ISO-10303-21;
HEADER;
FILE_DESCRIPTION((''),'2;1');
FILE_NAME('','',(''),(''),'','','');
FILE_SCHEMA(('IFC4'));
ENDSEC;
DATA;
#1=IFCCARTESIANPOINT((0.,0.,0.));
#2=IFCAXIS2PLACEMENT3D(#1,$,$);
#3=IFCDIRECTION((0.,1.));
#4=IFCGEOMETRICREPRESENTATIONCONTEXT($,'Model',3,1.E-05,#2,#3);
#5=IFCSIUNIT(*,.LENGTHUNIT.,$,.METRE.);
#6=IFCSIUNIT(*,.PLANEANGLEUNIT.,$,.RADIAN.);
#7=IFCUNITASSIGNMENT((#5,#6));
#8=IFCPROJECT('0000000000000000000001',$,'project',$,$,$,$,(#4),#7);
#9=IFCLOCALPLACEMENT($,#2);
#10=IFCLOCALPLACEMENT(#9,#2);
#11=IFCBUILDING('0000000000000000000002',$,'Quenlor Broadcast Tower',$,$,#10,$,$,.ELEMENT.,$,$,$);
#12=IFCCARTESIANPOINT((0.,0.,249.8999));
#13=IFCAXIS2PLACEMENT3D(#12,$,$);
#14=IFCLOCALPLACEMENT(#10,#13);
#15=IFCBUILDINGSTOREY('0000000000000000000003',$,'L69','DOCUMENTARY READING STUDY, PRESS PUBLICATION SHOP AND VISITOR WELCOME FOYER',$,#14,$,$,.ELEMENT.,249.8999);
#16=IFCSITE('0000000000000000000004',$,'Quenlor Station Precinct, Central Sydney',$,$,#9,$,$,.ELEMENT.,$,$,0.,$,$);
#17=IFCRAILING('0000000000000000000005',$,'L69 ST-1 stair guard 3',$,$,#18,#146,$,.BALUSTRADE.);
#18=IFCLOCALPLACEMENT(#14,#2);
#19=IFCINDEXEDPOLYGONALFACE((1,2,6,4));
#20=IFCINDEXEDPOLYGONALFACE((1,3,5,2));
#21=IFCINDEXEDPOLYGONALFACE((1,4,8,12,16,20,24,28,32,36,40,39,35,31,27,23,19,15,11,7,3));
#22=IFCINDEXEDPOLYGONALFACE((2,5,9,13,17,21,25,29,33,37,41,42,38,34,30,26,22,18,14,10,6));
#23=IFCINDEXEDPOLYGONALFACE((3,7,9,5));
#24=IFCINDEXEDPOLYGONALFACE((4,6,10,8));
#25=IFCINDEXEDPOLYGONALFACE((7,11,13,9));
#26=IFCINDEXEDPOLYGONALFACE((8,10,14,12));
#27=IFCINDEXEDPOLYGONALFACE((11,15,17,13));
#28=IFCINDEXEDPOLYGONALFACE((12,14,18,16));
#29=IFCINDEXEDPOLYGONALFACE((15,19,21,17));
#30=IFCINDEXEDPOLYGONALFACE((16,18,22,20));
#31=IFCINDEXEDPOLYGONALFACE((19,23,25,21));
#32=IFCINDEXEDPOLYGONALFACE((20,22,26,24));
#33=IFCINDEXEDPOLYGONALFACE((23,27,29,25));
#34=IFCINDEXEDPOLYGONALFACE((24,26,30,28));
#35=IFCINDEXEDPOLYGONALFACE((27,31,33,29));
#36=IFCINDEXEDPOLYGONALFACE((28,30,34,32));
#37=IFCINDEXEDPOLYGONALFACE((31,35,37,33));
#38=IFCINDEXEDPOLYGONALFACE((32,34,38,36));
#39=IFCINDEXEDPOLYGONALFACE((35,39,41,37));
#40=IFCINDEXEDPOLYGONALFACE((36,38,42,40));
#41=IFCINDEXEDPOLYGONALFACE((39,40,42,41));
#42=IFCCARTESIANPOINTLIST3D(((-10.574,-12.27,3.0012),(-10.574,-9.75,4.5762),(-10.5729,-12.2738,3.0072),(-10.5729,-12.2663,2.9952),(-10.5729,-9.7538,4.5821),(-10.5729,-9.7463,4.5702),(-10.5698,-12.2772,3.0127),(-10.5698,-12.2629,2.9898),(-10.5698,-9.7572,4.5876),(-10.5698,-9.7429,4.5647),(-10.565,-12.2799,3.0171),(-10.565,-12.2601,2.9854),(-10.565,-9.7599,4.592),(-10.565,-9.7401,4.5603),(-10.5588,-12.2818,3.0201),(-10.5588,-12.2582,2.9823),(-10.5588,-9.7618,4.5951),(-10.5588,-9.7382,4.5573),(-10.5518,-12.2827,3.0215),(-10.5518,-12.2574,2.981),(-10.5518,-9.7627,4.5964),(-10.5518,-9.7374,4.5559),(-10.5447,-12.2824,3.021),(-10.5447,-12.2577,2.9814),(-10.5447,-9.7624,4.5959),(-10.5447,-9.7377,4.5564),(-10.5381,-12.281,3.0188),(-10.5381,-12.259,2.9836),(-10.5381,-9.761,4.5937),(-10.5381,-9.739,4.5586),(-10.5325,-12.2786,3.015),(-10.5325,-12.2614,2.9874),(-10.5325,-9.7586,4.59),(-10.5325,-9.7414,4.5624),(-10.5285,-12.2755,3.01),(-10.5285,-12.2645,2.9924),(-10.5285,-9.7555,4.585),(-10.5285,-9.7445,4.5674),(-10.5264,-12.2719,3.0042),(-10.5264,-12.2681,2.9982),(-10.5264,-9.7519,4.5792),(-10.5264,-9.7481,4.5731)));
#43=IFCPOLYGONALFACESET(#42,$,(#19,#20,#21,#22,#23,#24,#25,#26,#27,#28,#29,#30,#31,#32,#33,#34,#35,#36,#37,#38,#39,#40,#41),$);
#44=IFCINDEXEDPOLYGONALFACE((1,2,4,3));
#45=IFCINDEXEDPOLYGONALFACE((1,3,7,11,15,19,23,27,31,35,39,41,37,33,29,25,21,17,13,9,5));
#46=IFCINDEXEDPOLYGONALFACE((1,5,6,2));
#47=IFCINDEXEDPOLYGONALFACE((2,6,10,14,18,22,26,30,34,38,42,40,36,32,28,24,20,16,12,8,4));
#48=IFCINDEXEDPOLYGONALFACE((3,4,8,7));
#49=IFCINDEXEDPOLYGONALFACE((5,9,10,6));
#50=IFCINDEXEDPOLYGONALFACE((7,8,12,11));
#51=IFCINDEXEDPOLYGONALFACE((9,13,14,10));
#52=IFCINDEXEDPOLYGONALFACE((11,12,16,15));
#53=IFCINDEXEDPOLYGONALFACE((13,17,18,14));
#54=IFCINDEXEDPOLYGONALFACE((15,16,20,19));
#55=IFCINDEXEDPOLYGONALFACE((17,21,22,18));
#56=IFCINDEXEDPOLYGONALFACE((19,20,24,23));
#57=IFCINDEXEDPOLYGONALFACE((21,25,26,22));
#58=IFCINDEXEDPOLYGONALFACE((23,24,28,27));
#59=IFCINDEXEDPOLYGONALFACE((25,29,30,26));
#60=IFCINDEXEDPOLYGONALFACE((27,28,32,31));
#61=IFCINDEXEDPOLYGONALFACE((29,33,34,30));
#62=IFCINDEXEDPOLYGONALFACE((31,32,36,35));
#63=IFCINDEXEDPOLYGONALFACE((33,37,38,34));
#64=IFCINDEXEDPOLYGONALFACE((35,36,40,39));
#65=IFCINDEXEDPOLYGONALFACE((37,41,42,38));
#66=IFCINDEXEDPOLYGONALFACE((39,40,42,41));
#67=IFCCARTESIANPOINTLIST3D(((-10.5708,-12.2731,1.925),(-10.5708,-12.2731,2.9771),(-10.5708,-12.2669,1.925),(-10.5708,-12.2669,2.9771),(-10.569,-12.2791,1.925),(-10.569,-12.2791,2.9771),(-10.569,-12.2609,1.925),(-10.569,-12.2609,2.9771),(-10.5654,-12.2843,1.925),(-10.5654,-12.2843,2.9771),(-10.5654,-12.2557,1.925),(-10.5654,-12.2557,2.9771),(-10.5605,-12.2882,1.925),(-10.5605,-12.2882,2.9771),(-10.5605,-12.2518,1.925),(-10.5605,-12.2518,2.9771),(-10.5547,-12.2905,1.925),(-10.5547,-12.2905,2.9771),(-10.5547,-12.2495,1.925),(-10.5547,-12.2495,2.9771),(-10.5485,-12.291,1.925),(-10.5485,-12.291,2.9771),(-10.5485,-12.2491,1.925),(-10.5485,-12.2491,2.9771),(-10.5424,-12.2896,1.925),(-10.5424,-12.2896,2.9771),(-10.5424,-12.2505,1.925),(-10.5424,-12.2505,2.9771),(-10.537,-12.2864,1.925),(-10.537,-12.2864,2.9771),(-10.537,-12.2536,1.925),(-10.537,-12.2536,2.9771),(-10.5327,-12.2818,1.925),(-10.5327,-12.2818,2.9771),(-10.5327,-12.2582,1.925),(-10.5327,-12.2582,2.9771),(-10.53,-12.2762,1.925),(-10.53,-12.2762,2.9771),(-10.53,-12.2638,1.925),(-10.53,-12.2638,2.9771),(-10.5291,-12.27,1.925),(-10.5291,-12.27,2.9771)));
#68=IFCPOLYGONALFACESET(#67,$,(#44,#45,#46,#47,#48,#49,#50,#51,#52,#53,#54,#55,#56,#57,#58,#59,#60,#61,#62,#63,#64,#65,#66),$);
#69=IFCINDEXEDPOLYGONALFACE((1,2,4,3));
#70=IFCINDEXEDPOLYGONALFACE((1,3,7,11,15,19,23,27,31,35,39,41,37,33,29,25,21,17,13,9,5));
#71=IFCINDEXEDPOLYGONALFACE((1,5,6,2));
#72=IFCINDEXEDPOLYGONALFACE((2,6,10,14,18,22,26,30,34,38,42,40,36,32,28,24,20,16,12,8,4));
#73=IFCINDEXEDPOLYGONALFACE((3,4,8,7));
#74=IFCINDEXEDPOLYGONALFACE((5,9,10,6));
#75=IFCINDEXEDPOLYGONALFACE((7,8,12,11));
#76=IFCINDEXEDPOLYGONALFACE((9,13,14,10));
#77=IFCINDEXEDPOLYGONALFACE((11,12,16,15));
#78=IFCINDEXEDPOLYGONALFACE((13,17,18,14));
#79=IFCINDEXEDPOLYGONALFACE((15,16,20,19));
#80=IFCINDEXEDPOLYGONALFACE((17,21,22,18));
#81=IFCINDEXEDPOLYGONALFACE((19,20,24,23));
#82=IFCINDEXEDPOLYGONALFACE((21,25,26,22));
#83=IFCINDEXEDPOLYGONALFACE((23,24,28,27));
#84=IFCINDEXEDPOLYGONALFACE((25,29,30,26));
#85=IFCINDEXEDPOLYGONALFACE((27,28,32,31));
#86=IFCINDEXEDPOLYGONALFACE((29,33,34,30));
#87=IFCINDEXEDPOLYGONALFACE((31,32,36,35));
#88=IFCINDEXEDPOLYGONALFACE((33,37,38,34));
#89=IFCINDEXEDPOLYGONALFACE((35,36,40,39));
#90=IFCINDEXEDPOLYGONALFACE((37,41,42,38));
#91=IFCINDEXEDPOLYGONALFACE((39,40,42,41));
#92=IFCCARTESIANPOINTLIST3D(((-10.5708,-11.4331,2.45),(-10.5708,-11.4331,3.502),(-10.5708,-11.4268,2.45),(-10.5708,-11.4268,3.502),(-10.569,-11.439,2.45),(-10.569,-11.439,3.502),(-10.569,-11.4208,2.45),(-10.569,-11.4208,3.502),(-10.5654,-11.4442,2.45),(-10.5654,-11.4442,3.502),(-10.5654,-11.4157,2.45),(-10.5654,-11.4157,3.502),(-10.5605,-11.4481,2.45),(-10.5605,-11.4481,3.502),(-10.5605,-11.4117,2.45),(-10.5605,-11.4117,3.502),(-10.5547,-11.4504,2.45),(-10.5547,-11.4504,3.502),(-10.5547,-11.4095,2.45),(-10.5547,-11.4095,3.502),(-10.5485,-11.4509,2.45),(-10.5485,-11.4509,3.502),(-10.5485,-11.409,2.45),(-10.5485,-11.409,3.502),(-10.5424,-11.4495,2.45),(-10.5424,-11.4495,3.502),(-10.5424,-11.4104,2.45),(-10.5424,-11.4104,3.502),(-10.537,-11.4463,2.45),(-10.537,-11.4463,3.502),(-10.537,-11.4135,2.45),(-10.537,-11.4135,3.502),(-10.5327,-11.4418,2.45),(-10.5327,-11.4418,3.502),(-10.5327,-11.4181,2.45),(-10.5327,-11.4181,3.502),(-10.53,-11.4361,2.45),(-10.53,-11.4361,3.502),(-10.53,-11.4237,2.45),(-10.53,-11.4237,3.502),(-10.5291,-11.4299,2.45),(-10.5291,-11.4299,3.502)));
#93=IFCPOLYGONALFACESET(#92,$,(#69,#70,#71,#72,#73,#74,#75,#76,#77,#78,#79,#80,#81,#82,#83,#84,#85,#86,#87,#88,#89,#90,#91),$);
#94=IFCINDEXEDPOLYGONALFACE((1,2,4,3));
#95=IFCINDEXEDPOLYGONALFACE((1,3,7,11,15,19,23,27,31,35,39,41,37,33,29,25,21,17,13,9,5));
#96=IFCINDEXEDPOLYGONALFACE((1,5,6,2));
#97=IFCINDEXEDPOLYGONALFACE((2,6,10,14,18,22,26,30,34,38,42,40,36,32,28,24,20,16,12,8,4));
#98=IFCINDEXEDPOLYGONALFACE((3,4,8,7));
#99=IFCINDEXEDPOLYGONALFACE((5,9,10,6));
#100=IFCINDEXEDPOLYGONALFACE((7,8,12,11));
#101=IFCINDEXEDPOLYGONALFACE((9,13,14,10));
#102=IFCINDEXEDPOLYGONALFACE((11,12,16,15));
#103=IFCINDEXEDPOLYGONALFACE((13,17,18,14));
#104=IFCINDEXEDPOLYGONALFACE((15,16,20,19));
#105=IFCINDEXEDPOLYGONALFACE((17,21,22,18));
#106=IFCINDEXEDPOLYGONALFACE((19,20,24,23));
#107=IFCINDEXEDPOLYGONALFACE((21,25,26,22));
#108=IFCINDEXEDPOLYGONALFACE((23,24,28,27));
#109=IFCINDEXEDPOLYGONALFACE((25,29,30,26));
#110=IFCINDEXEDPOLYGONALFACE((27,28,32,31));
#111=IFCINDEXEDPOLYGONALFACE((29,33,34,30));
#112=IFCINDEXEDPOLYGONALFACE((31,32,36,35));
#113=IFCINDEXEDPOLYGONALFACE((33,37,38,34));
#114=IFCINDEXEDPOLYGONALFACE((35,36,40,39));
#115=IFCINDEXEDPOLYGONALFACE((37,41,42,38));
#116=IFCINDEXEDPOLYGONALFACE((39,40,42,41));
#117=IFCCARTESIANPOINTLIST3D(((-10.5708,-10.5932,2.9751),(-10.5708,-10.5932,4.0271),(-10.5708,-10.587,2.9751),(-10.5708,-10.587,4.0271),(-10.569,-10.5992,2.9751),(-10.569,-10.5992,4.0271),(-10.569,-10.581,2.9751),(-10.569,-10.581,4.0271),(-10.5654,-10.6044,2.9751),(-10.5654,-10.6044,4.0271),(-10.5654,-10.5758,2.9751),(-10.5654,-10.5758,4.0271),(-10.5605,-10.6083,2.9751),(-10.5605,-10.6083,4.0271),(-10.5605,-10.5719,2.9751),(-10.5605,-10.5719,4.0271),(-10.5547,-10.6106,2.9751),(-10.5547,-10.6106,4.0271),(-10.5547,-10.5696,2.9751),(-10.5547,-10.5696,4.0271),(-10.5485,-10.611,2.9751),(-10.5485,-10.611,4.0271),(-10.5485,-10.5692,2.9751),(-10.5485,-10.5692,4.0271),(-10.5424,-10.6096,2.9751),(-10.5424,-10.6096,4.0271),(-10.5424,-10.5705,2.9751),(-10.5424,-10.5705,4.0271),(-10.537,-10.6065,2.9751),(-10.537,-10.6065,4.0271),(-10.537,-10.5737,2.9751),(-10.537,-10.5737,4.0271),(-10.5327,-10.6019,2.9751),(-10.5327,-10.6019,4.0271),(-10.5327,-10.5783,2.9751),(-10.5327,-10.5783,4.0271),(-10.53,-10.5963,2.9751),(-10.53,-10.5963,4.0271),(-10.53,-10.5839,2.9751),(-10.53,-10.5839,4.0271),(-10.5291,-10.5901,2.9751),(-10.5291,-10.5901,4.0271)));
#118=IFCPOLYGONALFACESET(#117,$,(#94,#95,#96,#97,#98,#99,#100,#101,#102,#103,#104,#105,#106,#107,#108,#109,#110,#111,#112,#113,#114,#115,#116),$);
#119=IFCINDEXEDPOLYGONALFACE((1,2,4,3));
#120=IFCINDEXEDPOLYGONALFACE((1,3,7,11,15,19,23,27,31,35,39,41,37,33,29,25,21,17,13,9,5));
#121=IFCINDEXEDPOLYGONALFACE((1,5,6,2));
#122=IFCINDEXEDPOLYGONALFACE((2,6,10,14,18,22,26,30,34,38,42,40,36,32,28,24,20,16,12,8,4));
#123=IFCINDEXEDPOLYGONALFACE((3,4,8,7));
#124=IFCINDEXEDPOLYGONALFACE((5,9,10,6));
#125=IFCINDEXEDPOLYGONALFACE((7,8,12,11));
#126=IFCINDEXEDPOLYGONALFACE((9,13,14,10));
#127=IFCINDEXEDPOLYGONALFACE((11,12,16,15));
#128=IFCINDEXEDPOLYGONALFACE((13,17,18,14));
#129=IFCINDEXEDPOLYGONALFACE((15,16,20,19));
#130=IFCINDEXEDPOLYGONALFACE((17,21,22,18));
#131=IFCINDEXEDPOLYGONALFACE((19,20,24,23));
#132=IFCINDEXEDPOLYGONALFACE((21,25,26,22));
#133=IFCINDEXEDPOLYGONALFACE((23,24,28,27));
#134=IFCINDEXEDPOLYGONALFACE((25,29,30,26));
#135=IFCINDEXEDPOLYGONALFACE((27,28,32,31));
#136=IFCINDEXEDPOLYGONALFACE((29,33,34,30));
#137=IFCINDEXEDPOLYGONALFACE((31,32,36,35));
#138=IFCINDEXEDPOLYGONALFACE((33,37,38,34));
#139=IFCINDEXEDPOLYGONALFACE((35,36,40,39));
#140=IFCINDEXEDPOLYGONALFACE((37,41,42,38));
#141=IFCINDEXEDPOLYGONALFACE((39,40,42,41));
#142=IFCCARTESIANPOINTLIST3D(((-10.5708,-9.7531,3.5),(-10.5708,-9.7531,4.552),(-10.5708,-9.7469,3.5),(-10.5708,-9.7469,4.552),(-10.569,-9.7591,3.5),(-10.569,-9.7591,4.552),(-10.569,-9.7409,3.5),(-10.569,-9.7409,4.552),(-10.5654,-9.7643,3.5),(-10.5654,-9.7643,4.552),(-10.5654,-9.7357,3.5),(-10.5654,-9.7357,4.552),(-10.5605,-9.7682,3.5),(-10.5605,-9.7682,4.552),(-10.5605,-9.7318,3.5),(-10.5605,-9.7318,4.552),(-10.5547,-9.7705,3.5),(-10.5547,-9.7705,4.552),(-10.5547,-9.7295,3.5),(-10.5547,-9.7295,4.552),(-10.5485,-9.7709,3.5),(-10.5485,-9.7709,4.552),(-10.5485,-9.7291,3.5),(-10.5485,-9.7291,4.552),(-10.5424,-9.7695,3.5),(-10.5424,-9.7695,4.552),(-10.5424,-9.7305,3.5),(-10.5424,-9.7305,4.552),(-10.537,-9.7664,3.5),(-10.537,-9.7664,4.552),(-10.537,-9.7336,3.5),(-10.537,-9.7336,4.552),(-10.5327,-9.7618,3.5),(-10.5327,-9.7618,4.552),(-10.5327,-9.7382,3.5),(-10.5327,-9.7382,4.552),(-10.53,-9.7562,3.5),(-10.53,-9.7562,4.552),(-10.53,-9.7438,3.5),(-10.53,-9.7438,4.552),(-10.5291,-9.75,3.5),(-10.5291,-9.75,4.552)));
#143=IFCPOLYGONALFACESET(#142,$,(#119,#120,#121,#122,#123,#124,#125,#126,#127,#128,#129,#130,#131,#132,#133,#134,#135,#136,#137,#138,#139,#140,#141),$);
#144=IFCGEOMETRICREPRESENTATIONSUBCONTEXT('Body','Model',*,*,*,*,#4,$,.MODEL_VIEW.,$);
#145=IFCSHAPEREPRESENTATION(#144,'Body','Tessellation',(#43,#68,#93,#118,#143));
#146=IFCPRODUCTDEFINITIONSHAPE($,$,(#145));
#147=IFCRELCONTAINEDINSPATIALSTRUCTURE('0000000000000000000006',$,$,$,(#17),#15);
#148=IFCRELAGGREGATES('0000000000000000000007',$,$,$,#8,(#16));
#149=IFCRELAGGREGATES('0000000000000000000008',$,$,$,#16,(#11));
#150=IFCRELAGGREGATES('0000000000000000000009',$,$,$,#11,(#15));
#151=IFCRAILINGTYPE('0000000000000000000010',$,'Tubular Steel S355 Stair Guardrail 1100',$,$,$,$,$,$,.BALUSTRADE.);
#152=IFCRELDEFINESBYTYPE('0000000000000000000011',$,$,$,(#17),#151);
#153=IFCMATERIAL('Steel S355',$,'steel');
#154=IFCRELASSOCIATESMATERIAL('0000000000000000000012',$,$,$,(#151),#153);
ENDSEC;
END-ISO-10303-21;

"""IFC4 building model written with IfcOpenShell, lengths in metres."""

from ifc_helpers import new_model, si_unit, direction, frame, origin, origin_2d, place, context, subcontext, project, spatial, circle, extrude, material, type_object, element, save


model = new_model("IFC4")

# Units and contexts
model_context = context("Model", 3, precision=1e-05, world=origin(), true_north=direction((0.0, 1.0)))
body_context = subcontext(model_context, "Body", "Model", "MODEL_VIEW")
ifc_project = project(units=[si_unit("LENGTHUNIT", "METRE"), si_unit("PLANEANGLEUNIT", "RADIAN")], contexts=[model_context])

# Site, building, storey
site_placement = place(None, origin())
site = spatial("IfcSite", under=ifc_project, at=site_placement, Name="Quenlor Station Precinct, Central Sydney", CompositionType="ELEMENT", RefElevation=0.0)
building_placement = place(site_placement, origin())
building = spatial("IfcBuilding", under=site, at=building_placement, Name="Quenlor Broadcast Tower", CompositionType="ELEMENT")
storey_placement = place(building_placement, frame((0.0, 0.0, 249.8999)))
storey = spatial("IfcBuildingStorey", under=building, at=storey_placement, Name="L69", Description="DOCUMENTARY READING STUDY, PRESS PUBLICATION SHOP AND VISITOR WELCOME FOYER", CompositionType="ELEMENT", Elevation=249.8999)

# Railing
ifc_material_1 = material(Name="Steel S355", Category="steel")
railing_type_1 = type_object("IfcRailingType", Name="Tubular Steel S355 Stair Guardrail 1100", PredefinedType="BALUSTRADE", material=ifc_material_1)
railing_1_placement = place(storey_placement, frame((-10.55, -12.27, 1.925)))
element("IfcRailing", 1, at=railing_1_placement, inside=storey, type_object=railing_type_1, Name="L69 ST-1 stair guard 3", PredefinedType="BALUSTRADE", context=body_context, shape_type="SweptSolid", body=[
    extrude(circle(Radius=0.0239, at=origin_2d()), frame((0.0, 0.0, 1.0762), z_axis=(0.0, 0.848008, 0.529984), x_axis=(-1.0, 0.0, 0.0)), (0.0, 0.0, 1.0), 2.9717),
    extrude(circle(Radius=0.021, at=origin_2d()), origin(), (0.0, 0.0, 1.0), 1.052),
    extrude(circle(Radius=0.021, at=origin_2d()), frame((0.0, 0.8401, 0.5249)), (0.0, 0.0, 1.0), 1.052),
    extrude(circle(Radius=0.021, at=origin_2d()), frame((0.0, 1.6799, 1.05)), (0.0, 0.0, 1.0), 1.052),
    extrude(circle(Radius=0.021, at=origin_2d()), frame((0.0, 2.52, 1.575)), (0.0, 0.0, 1.0), 1.052),
])

save(model, "model.ifc")
